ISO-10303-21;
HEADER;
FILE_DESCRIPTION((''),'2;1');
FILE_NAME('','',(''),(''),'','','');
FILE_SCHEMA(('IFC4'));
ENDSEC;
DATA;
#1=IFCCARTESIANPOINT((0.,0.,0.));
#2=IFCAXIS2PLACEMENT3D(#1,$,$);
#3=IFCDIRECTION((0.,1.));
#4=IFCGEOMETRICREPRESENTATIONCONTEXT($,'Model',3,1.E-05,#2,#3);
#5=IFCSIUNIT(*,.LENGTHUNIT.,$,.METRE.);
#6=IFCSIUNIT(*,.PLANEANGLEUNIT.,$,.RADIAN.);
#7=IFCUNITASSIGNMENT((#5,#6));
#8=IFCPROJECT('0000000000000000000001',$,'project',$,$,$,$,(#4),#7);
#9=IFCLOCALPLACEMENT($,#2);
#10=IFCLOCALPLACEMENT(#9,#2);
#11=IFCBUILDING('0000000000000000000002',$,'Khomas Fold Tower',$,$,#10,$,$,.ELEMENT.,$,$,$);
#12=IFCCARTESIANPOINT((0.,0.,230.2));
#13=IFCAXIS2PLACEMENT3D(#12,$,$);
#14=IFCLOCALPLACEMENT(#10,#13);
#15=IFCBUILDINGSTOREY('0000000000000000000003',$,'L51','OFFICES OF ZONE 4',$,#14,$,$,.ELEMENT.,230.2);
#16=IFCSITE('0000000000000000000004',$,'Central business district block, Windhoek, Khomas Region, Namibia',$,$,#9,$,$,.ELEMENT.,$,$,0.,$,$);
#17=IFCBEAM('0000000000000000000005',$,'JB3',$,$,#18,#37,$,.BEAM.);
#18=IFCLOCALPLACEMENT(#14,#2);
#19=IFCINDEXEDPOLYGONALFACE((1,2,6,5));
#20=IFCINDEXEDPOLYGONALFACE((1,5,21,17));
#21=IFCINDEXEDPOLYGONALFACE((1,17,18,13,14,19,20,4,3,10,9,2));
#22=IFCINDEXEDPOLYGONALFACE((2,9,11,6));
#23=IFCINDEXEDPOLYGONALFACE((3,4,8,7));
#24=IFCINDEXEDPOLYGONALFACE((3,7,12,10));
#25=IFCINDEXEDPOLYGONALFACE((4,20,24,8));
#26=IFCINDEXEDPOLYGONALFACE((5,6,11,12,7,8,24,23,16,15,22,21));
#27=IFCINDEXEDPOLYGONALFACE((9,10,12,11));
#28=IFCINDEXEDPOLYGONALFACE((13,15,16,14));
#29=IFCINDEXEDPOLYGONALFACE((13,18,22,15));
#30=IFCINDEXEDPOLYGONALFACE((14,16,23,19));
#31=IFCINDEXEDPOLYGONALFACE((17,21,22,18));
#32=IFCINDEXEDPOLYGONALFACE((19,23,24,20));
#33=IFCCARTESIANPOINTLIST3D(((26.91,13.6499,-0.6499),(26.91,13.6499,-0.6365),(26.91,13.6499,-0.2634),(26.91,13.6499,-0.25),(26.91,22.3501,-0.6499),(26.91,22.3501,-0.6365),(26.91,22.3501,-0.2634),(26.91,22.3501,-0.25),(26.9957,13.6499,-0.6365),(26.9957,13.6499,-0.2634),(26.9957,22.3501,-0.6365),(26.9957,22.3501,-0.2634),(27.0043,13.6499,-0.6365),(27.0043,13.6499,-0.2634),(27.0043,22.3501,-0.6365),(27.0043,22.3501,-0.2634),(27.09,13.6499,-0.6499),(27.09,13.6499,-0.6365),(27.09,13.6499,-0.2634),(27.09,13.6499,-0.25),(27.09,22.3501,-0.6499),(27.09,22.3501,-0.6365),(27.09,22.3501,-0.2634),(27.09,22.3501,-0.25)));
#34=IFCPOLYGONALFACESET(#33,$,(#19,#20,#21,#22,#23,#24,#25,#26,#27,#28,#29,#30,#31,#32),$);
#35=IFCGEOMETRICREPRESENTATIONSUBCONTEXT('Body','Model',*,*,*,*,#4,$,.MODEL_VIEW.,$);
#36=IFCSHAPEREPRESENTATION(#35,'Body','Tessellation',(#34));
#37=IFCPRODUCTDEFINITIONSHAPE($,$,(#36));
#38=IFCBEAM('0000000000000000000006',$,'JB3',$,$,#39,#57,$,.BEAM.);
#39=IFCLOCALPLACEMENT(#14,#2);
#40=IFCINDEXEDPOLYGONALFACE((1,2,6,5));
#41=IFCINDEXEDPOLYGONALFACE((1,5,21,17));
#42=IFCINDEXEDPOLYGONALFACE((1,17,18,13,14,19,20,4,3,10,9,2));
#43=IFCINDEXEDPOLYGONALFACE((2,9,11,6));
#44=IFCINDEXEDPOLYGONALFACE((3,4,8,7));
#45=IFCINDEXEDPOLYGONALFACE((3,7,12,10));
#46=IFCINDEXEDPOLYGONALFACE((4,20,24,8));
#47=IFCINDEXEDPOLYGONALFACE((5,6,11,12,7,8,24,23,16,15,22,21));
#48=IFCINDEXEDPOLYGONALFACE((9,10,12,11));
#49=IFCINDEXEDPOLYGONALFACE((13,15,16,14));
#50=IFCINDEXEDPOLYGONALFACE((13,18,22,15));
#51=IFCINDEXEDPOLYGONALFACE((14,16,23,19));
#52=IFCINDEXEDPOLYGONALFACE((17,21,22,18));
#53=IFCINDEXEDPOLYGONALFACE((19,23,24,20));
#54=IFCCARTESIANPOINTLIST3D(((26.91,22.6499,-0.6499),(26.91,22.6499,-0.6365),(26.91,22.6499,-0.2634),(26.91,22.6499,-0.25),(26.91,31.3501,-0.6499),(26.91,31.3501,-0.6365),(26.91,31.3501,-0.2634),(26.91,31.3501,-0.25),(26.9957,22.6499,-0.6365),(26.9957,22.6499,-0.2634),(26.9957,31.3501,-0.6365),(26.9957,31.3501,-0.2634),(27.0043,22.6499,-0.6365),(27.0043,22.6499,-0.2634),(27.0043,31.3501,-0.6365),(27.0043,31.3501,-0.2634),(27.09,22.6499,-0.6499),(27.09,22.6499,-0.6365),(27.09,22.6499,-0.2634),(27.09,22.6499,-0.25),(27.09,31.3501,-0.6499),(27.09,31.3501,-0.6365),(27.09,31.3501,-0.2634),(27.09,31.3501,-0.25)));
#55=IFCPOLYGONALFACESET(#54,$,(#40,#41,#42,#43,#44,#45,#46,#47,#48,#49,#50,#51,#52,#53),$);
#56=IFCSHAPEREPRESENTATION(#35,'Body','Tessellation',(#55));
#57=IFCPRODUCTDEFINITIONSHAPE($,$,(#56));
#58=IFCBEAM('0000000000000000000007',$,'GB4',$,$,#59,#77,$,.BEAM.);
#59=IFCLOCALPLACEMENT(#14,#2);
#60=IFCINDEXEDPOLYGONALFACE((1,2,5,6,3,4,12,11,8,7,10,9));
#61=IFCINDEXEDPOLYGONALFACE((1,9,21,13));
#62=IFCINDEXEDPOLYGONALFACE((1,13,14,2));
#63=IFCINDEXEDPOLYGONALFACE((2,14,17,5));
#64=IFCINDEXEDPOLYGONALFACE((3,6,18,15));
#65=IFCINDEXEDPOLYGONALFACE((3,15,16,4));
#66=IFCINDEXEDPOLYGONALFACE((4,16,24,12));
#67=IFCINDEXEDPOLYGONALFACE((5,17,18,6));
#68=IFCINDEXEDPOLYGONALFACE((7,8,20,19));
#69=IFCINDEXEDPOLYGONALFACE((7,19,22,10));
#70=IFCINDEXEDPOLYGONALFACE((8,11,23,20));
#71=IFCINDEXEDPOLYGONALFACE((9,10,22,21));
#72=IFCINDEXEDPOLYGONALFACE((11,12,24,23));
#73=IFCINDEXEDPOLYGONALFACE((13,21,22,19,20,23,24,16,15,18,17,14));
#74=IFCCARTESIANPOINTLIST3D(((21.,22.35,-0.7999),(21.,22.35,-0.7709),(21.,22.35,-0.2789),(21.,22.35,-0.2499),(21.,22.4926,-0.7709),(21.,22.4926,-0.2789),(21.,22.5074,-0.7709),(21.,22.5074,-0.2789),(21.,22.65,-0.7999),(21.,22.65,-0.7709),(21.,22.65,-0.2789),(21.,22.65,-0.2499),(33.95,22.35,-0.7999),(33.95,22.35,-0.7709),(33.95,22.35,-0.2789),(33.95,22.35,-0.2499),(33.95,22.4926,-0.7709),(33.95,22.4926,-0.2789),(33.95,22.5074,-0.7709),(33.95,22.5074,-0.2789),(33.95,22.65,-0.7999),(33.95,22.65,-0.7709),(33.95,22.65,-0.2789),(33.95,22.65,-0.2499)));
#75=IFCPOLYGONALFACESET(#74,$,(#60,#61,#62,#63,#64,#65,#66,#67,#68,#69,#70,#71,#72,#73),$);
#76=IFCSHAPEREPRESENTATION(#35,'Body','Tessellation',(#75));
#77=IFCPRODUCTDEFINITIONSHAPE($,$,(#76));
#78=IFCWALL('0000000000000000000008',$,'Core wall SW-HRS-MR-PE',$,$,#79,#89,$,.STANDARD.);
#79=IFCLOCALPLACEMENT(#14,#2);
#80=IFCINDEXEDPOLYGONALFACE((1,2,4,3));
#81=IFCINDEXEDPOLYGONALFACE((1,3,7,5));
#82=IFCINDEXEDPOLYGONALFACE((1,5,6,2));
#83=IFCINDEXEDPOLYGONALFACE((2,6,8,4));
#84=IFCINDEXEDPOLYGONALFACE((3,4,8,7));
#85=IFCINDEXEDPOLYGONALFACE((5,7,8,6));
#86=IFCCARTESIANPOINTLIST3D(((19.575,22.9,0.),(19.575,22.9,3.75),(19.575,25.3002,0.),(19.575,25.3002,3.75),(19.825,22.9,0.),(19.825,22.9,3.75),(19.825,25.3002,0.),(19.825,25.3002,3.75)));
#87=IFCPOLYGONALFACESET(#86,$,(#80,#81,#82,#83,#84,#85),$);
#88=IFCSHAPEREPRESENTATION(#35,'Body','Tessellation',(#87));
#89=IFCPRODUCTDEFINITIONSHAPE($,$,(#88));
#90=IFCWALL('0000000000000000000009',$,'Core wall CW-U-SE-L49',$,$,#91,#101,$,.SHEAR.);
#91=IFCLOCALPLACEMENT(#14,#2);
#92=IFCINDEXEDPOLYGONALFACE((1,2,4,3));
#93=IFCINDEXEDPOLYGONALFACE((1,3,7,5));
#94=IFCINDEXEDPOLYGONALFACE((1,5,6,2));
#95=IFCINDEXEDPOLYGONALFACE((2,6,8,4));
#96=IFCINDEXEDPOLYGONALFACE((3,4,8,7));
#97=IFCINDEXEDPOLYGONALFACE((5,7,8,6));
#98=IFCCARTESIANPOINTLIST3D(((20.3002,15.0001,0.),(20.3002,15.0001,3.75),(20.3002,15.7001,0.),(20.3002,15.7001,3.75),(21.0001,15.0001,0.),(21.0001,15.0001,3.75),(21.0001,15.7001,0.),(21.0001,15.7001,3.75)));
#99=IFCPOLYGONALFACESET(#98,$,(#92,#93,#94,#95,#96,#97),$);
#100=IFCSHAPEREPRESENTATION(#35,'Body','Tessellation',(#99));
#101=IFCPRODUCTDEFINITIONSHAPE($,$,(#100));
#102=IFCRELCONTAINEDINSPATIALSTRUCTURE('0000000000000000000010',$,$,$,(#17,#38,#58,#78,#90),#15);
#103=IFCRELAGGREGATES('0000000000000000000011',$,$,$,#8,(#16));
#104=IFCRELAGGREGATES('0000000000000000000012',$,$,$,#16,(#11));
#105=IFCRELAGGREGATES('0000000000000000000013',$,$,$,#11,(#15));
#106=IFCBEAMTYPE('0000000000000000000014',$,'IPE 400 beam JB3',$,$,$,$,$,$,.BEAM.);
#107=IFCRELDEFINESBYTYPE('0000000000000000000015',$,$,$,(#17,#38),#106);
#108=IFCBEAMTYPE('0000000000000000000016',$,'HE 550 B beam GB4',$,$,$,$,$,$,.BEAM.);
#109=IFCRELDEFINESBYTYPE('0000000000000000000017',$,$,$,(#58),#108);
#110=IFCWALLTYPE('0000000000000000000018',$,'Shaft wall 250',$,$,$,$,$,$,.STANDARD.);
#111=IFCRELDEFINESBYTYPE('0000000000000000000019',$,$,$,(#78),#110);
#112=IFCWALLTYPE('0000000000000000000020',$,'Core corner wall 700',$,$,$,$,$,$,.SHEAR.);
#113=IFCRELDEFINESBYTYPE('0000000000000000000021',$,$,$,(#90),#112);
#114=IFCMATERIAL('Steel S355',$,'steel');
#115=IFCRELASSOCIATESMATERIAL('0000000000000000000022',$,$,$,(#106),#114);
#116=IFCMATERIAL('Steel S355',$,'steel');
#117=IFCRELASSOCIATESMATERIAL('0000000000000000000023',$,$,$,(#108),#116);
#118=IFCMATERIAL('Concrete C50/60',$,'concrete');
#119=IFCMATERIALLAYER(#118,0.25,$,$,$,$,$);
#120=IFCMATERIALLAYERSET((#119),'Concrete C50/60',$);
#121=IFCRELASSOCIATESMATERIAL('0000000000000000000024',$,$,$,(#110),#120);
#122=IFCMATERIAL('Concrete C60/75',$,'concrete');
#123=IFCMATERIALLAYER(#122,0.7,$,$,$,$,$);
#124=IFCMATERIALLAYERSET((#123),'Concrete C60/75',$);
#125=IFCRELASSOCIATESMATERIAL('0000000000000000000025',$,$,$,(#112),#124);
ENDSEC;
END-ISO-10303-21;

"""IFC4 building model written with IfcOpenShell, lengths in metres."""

from ifc_helpers import new_model, si_unit, direction, frame, frame_2d, origin, origin_2d, place, context, subcontext, project, spatial, rectangle, i_section, extrude, source, transform, mapped, material, layer, layer_set, material_profile, profile_set, type_object, element, save


model = new_model("IFC4")

# Units and contexts
model_context = context("Model", 3, precision=1e-05, world=origin(), true_north=direction((0.0, 1.0)))
body_context = subcontext(model_context, "Body", "Model", "MODEL_VIEW")
ifc_project = project(units=[si_unit("LENGTHUNIT", "METRE"), si_unit("PLANEANGLEUNIT", "RADIAN")], contexts=[model_context])

# Site, building, storey
site_placement = place(None, origin())
site = spatial("IfcSite", under=ifc_project, at=site_placement, Name="Central business district block, Windhoek, Khomas Region, Namibia", CompositionType="ELEMENT", RefElevation=0.0)
building_placement = place(site_placement, origin())
building = spatial("IfcBuilding", under=site, at=building_placement, Name="Khomas Fold Tower", CompositionType="ELEMENT")
storey_placement = place(building_placement, frame((0.0, 0.0, 230.2)))
storey = spatial("IfcBuildingStorey", under=building, at=storey_placement, Name="L51", Description="OFFICES OF ZONE 4", CompositionType="ELEMENT", Elevation=230.2)

# Beams
ifc_material_1 = material(Name="Steel S355", Category="steel")
ifc_material_profile_1 = material_profile(ifc_material_1, i_section(OverallWidth=0.1799, OverallDepth=0.3999, WebThickness=0.0085, FlangeThickness=0.0134, at=origin_2d()), Name="IPE 400")
ifc_profile_set_1 = profile_set([ifc_material_profile_1], Name="Steel S355")
beam_type_1 = type_object("IfcBeamType", Name="IPE 400 beam JB3", PredefinedType="BEAM", material=ifc_profile_set_1)
shared_shape_1 = source(origin(), body_context, "Body", "SweptSolid", [
    extrude(i_section(OverallWidth=0.1799, OverallDepth=0.3999, WebThickness=0.0085, FlangeThickness=0.0134, at=origin_2d()), origin(), (0.0, 0.0, 1.0), 8.7002),
])
for number, where, z_axis, x_axis, name in (
    (1, (27.0, 13.6499, -0.45), (0.0, 1.0, 0.0), (-1.0, 0.0, 0.0), "JB3"),
    (2, (27.0, 22.6499, -0.45), (0.0, 1.0, 0.0), (-1.0, 0.0, 0.0), "JB3"),
):
    element("IfcBeam", number, at=place(storey_placement, frame(where, z_axis=z_axis, x_axis=x_axis)), inside=storey, type_object=beam_type_1, Name=name, PredefinedType="BEAM", context=body_context, shape_type="MappedRepresentation", body=[
        mapped(shared_shape_1, transform((0.0, 0.0, 0.0))),
    ])
ifc_material_2 = material(Name="Steel S355", Category="steel")
ifc_material_profile_2 = material_profile(ifc_material_2, i_section(OverallWidth=0.3, OverallDepth=0.55, WebThickness=0.0149, FlangeThickness=0.0291, at=origin_2d()), Name="HE 550 B")
ifc_profile_set_2 = profile_set([ifc_material_profile_2], Name="Steel S355")
beam_type_2 = type_object("IfcBeamType", Name="HE 550 B beam GB4", PredefinedType="BEAM", material=ifc_profile_set_2)
shared_shape_2 = source(origin(), body_context, "Body", "SweptSolid", [
    extrude(i_section(OverallWidth=0.3, OverallDepth=0.55, WebThickness=0.0149, FlangeThickness=0.0291, at=origin_2d()), origin(), (0.0, 0.0, 1.0), 12.95),
])
beam_placement = place(storey_placement, frame((21.0, 22.5, -0.5249), z_axis=(1.0, 0.0, 0.0), x_axis=(0.0, 1.0, 0.0)))
element("IfcBeam", 3, at=beam_placement, inside=storey, type_object=beam_type_2, Name="GB4", PredefinedType="BEAM", context=body_context, shape_type="MappedRepresentation", body=[
    mapped(shared_shape_2, transform((0.0, 0.0, 0.0))),
])

# Walls
ifc_material_3 = material(Name="Concrete C50/60", Category="concrete")
ifc_layer_1 = layer(ifc_material_3, 0.25)
ifc_layer_set_1 = layer_set([ifc_layer_1], Name="Concrete C50/60")
wall_type_1 = type_object("IfcWallType", Name="Shaft wall 250", PredefinedType="STANDARD", material=ifc_layer_set_1)
shared_shape_3 = source(origin(), body_context, "Body", "SweptSolid", [
    extrude(rectangle(XDim=2.4001, YDim=0.25, at=frame_2d((1.2002, 0.0))), origin(), (0.0, 0.0, 1.0), 3.75),
])
wall_1_placement = place(storey_placement, frame((19.7, 22.8999, 0.0), z_axis=(0.0, 0.0, 1.0), x_axis=(0.0, 1.0, 0.0)))
element("IfcWall", 4, at=wall_1_placement, inside=storey, type_object=wall_type_1, Name="Core wall SW-HRS-MR-PE", PredefinedType="STANDARD", context=body_context, shape_type="MappedRepresentation", body=[
    mapped(shared_shape_3, transform((0.0, 0.0, 0.0))),
])
ifc_material_4 = material(Name="Concrete C60/75", Category="concrete")
ifc_layer_2 = layer(ifc_material_4, 0.7)
ifc_layer_set_2 = layer_set([ifc_layer_2], Name="Concrete C60/75")
wall_type_2 = type_object("IfcWallType", Name="Core corner wall 700", PredefinedType="SHEAR", material=ifc_layer_set_2)
shared_shape_4 = source(origin(), body_context, "Body", "SweptSolid", [
    extrude(rectangle(XDim=0.7, YDim=0.7, at=frame_2d((0.3501, 0.0))), origin(), (0.0, 0.0, 1.0), 3.75),
])
wall_2_placement = place(storey_placement, frame((20.3, 15.3501, 0.0), z_axis=(0.0, 0.0, 1.0), x_axis=(1.0, 0.0, 0.0)))
element("IfcWall", 5, at=wall_2_placement, inside=storey, type_object=wall_type_2, Name="Core wall CW-U-SE-L49", PredefinedType="SHEAR", context=body_context, shape_type="MappedRepresentation", body=[
    mapped(shared_shape_4, transform((0.0, 0.0, 0.0))),
])

save(model, "model.ifc")
